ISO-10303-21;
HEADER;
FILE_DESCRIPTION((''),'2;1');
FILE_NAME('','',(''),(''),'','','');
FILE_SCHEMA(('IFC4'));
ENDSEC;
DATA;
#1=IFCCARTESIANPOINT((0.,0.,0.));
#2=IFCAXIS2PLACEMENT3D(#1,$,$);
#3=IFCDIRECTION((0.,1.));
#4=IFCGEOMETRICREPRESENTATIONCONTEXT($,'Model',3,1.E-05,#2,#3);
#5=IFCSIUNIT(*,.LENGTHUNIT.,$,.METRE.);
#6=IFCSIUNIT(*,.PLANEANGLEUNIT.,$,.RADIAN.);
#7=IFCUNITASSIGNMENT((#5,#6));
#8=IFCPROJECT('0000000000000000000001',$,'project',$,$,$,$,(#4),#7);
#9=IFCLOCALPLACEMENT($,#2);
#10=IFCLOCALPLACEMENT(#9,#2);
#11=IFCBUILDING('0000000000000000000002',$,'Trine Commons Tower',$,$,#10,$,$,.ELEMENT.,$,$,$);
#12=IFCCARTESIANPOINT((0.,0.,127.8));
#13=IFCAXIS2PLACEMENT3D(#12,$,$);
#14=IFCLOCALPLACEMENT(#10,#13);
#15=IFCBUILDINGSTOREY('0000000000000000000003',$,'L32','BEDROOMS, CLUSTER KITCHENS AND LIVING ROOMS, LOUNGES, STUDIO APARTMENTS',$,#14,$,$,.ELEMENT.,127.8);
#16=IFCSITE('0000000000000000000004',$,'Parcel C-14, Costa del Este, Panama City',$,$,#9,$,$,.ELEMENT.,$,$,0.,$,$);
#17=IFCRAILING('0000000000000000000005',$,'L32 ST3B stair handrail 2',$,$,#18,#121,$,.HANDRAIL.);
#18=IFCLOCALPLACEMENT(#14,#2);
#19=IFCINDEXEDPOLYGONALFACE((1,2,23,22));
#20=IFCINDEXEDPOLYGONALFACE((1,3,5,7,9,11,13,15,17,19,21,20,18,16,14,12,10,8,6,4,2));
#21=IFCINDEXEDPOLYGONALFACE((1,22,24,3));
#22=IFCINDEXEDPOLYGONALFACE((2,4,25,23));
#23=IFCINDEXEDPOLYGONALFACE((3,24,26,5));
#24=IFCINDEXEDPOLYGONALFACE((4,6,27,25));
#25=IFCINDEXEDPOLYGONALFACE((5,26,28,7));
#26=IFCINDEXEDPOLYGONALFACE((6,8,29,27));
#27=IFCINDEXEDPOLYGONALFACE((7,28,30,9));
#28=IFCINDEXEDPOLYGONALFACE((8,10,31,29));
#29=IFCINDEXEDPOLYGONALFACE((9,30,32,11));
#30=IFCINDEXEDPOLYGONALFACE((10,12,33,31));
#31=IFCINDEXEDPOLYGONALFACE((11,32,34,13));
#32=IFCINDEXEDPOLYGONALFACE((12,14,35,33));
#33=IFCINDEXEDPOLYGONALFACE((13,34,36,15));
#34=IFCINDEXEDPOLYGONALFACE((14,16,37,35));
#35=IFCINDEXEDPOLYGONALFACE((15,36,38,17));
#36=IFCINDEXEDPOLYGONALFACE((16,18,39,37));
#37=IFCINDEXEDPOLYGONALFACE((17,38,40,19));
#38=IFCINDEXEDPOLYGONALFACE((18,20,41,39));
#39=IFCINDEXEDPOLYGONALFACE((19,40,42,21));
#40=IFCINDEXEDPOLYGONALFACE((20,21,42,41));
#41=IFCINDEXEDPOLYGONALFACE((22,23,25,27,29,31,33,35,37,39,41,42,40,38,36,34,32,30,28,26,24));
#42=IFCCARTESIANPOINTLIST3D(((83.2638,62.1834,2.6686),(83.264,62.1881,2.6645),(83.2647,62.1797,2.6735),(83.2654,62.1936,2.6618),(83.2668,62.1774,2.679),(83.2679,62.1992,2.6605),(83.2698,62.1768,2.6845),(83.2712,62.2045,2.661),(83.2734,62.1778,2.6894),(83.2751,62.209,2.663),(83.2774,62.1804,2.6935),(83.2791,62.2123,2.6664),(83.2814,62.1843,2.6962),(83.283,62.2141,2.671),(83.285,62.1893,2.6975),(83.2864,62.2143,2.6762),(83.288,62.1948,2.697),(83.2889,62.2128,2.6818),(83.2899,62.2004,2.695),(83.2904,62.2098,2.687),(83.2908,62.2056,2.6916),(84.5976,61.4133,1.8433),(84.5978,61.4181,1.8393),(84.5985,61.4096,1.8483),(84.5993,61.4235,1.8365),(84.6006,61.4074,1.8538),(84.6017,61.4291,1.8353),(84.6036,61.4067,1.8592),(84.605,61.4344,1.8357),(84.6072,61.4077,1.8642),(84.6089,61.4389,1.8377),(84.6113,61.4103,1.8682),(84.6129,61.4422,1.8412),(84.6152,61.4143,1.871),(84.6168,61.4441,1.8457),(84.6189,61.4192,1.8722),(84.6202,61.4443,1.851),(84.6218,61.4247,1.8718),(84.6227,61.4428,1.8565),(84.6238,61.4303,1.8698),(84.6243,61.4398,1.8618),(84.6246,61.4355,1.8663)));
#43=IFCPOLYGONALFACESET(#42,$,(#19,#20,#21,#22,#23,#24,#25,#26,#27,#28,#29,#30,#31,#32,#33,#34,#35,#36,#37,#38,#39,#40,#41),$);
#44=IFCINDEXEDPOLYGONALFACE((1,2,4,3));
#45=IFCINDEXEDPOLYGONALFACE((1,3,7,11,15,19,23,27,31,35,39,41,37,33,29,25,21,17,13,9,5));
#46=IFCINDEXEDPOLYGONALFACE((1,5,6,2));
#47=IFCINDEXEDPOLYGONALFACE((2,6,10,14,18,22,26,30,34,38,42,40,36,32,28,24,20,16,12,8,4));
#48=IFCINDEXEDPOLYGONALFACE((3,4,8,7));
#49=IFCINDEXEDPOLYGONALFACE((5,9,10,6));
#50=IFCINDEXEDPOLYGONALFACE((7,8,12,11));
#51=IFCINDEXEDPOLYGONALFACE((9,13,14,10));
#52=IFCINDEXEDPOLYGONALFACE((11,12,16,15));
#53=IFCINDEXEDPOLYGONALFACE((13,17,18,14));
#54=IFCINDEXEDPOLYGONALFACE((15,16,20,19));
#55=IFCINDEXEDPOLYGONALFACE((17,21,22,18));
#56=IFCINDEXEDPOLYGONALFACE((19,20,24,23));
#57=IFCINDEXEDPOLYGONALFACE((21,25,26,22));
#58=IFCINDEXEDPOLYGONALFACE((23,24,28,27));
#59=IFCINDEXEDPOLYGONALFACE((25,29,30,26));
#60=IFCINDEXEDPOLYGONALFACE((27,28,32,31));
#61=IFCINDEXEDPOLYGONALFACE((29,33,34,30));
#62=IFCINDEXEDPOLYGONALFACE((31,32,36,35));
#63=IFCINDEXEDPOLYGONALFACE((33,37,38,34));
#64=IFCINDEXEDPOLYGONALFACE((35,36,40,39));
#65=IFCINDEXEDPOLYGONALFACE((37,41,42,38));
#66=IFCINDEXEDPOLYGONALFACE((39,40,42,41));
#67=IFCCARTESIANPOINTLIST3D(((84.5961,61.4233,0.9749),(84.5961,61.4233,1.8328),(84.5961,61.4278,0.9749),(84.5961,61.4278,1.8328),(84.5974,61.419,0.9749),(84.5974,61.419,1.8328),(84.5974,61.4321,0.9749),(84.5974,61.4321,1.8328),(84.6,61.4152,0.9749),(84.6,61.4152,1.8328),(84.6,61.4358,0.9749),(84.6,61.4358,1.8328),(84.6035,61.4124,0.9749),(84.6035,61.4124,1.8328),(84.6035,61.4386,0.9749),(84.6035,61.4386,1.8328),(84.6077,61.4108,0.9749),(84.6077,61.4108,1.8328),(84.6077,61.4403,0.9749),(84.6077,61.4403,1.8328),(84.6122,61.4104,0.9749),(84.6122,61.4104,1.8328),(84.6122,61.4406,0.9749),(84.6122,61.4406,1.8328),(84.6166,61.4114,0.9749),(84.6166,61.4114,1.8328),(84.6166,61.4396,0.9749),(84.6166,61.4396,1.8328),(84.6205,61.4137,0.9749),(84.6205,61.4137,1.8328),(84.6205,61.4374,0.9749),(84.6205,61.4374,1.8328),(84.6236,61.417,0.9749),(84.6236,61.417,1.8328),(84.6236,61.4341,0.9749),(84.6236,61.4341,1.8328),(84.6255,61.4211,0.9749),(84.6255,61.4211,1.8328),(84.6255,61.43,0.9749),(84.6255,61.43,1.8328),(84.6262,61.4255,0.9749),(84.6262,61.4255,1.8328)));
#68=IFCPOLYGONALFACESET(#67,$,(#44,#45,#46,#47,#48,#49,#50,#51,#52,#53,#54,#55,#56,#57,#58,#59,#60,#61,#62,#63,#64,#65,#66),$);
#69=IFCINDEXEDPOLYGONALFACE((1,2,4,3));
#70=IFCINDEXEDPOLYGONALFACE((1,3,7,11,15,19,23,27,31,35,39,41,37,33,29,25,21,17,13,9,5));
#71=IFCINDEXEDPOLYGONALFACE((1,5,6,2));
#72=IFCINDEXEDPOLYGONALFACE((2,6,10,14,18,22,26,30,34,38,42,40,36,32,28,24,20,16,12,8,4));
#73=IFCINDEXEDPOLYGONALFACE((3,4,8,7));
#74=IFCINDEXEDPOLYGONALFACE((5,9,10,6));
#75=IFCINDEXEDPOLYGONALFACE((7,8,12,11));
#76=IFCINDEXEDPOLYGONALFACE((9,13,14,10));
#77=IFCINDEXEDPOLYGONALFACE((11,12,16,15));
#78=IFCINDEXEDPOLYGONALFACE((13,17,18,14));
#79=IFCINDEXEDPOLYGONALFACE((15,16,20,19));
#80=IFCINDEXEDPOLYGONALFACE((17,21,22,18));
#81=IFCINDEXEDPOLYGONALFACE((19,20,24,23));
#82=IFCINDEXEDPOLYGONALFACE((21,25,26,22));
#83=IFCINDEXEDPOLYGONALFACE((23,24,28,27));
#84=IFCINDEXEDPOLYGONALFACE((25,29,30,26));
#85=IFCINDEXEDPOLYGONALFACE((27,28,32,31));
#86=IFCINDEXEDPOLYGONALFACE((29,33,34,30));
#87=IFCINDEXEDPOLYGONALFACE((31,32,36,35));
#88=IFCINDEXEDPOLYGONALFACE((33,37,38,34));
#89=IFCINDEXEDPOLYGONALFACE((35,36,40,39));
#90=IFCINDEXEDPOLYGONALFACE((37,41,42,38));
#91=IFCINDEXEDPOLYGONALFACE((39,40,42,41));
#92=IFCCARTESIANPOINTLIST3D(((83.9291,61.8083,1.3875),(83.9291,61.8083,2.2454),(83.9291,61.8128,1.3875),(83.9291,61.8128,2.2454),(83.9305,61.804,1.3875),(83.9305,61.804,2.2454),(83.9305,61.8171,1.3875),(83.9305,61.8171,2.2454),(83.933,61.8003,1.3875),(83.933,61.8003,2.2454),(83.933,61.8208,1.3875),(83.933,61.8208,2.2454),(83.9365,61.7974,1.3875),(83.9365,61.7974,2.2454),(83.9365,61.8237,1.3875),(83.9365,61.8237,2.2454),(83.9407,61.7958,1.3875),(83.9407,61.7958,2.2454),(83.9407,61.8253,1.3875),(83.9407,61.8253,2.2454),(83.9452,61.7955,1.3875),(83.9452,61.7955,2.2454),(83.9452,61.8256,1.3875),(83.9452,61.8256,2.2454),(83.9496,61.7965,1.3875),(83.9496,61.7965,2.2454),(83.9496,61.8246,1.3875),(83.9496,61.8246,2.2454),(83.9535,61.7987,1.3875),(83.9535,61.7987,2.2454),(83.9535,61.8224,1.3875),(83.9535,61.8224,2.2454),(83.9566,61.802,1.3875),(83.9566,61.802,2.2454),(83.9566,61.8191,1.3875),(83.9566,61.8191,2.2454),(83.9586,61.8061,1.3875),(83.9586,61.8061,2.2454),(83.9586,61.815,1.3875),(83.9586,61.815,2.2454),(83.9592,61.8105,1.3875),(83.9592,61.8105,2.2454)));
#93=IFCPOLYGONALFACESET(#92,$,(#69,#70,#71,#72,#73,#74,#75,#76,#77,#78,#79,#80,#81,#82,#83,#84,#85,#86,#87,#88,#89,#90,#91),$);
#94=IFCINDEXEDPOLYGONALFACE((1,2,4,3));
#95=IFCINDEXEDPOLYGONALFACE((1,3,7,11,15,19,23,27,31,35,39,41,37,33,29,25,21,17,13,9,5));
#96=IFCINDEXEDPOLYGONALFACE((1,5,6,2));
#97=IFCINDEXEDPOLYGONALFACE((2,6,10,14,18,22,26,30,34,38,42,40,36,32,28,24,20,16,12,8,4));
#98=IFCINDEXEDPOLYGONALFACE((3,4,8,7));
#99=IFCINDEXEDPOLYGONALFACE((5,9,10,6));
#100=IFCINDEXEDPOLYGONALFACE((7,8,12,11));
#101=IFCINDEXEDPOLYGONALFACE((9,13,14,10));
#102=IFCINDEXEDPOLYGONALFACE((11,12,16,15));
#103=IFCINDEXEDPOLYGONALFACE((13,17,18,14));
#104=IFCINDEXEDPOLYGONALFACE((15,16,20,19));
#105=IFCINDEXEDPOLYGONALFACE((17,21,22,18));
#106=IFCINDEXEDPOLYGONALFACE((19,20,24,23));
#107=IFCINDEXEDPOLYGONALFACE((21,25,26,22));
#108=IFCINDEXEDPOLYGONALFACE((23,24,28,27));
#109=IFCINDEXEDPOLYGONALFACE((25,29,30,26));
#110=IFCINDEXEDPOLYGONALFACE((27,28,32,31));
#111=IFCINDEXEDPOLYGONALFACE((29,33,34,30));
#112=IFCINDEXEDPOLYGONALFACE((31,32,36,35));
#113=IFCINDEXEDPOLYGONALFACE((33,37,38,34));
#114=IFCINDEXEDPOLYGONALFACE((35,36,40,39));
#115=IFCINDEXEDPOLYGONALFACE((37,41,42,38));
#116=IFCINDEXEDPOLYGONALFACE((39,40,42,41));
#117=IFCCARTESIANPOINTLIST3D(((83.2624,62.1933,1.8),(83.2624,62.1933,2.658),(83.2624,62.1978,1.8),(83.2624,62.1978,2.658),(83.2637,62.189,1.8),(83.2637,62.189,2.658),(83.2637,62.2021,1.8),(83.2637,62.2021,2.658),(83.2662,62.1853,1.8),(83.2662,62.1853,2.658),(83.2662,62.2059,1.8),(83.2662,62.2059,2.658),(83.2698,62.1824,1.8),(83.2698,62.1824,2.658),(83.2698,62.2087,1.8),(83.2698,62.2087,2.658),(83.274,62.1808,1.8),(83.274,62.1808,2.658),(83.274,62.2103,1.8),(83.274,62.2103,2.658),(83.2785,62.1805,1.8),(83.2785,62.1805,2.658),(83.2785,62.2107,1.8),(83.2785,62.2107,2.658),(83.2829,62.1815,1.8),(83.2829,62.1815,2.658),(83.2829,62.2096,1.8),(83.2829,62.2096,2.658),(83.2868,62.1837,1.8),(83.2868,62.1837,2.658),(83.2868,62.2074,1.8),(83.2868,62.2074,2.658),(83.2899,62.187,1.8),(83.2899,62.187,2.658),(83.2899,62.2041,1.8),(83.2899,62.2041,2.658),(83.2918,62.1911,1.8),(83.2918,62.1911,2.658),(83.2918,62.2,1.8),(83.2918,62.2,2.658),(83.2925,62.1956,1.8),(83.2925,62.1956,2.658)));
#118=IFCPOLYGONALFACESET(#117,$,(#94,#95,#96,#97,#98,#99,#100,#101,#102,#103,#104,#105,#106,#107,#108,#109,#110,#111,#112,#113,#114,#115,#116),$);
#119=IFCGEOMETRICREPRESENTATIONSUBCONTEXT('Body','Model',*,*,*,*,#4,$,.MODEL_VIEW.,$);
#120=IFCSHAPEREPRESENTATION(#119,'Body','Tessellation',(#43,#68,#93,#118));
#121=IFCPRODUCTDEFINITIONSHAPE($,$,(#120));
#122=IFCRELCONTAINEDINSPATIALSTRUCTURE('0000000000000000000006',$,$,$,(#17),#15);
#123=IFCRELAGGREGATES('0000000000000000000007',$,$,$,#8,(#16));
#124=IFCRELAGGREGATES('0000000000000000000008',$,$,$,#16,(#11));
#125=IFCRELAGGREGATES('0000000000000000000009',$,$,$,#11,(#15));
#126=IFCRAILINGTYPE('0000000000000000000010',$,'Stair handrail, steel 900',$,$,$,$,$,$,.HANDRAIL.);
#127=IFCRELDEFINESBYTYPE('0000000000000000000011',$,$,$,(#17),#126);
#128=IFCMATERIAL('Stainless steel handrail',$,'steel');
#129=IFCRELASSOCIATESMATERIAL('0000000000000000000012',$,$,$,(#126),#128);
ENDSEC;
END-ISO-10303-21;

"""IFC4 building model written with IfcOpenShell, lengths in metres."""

from ifc_helpers import new_model, si_unit, direction, frame, origin, origin_2d, place, context, subcontext, project, spatial, circle, extrude, material, type_object, element, save


model = new_model("IFC4")

# Units and contexts
model_context = context("Model", 3, precision=1e-05, world=origin(), true_north=direction((0.0, 1.0)))
body_context = subcontext(model_context, "Body", "Model", "MODEL_VIEW")
ifc_project = project(units=[si_unit("LENGTHUNIT", "METRE"), si_unit("PLANEANGLEUNIT", "RADIAN")], contexts=[model_context])

# Site, building, storey
site_placement = place(None, origin())
site = spatial("IfcSite", under=ifc_project, at=site_placement, Name="Parcel C-14, Costa del Este, Panama City", CompositionType="ELEMENT", RefElevation=0.0)
building_placement = place(site_placement, origin())
building = spatial("IfcBuilding", under=site, at=building_placement, Name="Trine Commons Tower", CompositionType="ELEMENT")
storey_placement = place(building_placement, frame((0.0, 0.0, 127.8)))
storey = spatial("IfcBuildingStorey", under=building, at=storey_placement, Name="L32", Description="BEDROOMS, CLUSTER KITCHENS AND LIVING ROOMS, LOUNGES, STUDIO APARTMENTS", CompositionType="ELEMENT", Elevation=127.8)

# Railing
ifc_material_1 = material(Name="Stainless steel handrail", Category="steel")
railing_type_1 = type_object("IfcRailingType", Name="Stair handrail, steel 900", PredefinedType="HANDRAIL", material=ifc_material_1)
railing_1_placement = place(storey_placement, frame((84.6111, 61.4255, 0.9749)))
element("IfcRailing", 1, at=railing_1_placement, inside=storey, type_object=railing_type_1, Name="L32 ST3B stair handrail 2", PredefinedType="HANDRAIL", context=body_context, shape_type="SweptSolid", body=[
    extrude(circle(Radius=0.021, at=origin_2d()), frame((0.0, 0.0, 0.8789), z_axis=(-0.763355, 0.440714, 0.472293), x_axis=(-0.499992, -0.86603, 0.0)), (0.0, 0.0, 1.0), 1.7473),
    extrude(circle(Radius=0.0151, at=origin_2d()), origin(), (0.0, 0.0, 1.0), 0.8579),
    extrude(circle(Radius=0.0151, at=origin_2d()), frame((-0.667, 0.385, 0.4126)), (0.0, 0.0, 1.0), 0.8579),
    extrude(circle(Radius=0.0151, at=origin_2d()), frame((-1.3337, 0.77, 0.8252)), (0.0, 0.0, 1.0), 0.8579),
])

save(model, "model.ifc")
